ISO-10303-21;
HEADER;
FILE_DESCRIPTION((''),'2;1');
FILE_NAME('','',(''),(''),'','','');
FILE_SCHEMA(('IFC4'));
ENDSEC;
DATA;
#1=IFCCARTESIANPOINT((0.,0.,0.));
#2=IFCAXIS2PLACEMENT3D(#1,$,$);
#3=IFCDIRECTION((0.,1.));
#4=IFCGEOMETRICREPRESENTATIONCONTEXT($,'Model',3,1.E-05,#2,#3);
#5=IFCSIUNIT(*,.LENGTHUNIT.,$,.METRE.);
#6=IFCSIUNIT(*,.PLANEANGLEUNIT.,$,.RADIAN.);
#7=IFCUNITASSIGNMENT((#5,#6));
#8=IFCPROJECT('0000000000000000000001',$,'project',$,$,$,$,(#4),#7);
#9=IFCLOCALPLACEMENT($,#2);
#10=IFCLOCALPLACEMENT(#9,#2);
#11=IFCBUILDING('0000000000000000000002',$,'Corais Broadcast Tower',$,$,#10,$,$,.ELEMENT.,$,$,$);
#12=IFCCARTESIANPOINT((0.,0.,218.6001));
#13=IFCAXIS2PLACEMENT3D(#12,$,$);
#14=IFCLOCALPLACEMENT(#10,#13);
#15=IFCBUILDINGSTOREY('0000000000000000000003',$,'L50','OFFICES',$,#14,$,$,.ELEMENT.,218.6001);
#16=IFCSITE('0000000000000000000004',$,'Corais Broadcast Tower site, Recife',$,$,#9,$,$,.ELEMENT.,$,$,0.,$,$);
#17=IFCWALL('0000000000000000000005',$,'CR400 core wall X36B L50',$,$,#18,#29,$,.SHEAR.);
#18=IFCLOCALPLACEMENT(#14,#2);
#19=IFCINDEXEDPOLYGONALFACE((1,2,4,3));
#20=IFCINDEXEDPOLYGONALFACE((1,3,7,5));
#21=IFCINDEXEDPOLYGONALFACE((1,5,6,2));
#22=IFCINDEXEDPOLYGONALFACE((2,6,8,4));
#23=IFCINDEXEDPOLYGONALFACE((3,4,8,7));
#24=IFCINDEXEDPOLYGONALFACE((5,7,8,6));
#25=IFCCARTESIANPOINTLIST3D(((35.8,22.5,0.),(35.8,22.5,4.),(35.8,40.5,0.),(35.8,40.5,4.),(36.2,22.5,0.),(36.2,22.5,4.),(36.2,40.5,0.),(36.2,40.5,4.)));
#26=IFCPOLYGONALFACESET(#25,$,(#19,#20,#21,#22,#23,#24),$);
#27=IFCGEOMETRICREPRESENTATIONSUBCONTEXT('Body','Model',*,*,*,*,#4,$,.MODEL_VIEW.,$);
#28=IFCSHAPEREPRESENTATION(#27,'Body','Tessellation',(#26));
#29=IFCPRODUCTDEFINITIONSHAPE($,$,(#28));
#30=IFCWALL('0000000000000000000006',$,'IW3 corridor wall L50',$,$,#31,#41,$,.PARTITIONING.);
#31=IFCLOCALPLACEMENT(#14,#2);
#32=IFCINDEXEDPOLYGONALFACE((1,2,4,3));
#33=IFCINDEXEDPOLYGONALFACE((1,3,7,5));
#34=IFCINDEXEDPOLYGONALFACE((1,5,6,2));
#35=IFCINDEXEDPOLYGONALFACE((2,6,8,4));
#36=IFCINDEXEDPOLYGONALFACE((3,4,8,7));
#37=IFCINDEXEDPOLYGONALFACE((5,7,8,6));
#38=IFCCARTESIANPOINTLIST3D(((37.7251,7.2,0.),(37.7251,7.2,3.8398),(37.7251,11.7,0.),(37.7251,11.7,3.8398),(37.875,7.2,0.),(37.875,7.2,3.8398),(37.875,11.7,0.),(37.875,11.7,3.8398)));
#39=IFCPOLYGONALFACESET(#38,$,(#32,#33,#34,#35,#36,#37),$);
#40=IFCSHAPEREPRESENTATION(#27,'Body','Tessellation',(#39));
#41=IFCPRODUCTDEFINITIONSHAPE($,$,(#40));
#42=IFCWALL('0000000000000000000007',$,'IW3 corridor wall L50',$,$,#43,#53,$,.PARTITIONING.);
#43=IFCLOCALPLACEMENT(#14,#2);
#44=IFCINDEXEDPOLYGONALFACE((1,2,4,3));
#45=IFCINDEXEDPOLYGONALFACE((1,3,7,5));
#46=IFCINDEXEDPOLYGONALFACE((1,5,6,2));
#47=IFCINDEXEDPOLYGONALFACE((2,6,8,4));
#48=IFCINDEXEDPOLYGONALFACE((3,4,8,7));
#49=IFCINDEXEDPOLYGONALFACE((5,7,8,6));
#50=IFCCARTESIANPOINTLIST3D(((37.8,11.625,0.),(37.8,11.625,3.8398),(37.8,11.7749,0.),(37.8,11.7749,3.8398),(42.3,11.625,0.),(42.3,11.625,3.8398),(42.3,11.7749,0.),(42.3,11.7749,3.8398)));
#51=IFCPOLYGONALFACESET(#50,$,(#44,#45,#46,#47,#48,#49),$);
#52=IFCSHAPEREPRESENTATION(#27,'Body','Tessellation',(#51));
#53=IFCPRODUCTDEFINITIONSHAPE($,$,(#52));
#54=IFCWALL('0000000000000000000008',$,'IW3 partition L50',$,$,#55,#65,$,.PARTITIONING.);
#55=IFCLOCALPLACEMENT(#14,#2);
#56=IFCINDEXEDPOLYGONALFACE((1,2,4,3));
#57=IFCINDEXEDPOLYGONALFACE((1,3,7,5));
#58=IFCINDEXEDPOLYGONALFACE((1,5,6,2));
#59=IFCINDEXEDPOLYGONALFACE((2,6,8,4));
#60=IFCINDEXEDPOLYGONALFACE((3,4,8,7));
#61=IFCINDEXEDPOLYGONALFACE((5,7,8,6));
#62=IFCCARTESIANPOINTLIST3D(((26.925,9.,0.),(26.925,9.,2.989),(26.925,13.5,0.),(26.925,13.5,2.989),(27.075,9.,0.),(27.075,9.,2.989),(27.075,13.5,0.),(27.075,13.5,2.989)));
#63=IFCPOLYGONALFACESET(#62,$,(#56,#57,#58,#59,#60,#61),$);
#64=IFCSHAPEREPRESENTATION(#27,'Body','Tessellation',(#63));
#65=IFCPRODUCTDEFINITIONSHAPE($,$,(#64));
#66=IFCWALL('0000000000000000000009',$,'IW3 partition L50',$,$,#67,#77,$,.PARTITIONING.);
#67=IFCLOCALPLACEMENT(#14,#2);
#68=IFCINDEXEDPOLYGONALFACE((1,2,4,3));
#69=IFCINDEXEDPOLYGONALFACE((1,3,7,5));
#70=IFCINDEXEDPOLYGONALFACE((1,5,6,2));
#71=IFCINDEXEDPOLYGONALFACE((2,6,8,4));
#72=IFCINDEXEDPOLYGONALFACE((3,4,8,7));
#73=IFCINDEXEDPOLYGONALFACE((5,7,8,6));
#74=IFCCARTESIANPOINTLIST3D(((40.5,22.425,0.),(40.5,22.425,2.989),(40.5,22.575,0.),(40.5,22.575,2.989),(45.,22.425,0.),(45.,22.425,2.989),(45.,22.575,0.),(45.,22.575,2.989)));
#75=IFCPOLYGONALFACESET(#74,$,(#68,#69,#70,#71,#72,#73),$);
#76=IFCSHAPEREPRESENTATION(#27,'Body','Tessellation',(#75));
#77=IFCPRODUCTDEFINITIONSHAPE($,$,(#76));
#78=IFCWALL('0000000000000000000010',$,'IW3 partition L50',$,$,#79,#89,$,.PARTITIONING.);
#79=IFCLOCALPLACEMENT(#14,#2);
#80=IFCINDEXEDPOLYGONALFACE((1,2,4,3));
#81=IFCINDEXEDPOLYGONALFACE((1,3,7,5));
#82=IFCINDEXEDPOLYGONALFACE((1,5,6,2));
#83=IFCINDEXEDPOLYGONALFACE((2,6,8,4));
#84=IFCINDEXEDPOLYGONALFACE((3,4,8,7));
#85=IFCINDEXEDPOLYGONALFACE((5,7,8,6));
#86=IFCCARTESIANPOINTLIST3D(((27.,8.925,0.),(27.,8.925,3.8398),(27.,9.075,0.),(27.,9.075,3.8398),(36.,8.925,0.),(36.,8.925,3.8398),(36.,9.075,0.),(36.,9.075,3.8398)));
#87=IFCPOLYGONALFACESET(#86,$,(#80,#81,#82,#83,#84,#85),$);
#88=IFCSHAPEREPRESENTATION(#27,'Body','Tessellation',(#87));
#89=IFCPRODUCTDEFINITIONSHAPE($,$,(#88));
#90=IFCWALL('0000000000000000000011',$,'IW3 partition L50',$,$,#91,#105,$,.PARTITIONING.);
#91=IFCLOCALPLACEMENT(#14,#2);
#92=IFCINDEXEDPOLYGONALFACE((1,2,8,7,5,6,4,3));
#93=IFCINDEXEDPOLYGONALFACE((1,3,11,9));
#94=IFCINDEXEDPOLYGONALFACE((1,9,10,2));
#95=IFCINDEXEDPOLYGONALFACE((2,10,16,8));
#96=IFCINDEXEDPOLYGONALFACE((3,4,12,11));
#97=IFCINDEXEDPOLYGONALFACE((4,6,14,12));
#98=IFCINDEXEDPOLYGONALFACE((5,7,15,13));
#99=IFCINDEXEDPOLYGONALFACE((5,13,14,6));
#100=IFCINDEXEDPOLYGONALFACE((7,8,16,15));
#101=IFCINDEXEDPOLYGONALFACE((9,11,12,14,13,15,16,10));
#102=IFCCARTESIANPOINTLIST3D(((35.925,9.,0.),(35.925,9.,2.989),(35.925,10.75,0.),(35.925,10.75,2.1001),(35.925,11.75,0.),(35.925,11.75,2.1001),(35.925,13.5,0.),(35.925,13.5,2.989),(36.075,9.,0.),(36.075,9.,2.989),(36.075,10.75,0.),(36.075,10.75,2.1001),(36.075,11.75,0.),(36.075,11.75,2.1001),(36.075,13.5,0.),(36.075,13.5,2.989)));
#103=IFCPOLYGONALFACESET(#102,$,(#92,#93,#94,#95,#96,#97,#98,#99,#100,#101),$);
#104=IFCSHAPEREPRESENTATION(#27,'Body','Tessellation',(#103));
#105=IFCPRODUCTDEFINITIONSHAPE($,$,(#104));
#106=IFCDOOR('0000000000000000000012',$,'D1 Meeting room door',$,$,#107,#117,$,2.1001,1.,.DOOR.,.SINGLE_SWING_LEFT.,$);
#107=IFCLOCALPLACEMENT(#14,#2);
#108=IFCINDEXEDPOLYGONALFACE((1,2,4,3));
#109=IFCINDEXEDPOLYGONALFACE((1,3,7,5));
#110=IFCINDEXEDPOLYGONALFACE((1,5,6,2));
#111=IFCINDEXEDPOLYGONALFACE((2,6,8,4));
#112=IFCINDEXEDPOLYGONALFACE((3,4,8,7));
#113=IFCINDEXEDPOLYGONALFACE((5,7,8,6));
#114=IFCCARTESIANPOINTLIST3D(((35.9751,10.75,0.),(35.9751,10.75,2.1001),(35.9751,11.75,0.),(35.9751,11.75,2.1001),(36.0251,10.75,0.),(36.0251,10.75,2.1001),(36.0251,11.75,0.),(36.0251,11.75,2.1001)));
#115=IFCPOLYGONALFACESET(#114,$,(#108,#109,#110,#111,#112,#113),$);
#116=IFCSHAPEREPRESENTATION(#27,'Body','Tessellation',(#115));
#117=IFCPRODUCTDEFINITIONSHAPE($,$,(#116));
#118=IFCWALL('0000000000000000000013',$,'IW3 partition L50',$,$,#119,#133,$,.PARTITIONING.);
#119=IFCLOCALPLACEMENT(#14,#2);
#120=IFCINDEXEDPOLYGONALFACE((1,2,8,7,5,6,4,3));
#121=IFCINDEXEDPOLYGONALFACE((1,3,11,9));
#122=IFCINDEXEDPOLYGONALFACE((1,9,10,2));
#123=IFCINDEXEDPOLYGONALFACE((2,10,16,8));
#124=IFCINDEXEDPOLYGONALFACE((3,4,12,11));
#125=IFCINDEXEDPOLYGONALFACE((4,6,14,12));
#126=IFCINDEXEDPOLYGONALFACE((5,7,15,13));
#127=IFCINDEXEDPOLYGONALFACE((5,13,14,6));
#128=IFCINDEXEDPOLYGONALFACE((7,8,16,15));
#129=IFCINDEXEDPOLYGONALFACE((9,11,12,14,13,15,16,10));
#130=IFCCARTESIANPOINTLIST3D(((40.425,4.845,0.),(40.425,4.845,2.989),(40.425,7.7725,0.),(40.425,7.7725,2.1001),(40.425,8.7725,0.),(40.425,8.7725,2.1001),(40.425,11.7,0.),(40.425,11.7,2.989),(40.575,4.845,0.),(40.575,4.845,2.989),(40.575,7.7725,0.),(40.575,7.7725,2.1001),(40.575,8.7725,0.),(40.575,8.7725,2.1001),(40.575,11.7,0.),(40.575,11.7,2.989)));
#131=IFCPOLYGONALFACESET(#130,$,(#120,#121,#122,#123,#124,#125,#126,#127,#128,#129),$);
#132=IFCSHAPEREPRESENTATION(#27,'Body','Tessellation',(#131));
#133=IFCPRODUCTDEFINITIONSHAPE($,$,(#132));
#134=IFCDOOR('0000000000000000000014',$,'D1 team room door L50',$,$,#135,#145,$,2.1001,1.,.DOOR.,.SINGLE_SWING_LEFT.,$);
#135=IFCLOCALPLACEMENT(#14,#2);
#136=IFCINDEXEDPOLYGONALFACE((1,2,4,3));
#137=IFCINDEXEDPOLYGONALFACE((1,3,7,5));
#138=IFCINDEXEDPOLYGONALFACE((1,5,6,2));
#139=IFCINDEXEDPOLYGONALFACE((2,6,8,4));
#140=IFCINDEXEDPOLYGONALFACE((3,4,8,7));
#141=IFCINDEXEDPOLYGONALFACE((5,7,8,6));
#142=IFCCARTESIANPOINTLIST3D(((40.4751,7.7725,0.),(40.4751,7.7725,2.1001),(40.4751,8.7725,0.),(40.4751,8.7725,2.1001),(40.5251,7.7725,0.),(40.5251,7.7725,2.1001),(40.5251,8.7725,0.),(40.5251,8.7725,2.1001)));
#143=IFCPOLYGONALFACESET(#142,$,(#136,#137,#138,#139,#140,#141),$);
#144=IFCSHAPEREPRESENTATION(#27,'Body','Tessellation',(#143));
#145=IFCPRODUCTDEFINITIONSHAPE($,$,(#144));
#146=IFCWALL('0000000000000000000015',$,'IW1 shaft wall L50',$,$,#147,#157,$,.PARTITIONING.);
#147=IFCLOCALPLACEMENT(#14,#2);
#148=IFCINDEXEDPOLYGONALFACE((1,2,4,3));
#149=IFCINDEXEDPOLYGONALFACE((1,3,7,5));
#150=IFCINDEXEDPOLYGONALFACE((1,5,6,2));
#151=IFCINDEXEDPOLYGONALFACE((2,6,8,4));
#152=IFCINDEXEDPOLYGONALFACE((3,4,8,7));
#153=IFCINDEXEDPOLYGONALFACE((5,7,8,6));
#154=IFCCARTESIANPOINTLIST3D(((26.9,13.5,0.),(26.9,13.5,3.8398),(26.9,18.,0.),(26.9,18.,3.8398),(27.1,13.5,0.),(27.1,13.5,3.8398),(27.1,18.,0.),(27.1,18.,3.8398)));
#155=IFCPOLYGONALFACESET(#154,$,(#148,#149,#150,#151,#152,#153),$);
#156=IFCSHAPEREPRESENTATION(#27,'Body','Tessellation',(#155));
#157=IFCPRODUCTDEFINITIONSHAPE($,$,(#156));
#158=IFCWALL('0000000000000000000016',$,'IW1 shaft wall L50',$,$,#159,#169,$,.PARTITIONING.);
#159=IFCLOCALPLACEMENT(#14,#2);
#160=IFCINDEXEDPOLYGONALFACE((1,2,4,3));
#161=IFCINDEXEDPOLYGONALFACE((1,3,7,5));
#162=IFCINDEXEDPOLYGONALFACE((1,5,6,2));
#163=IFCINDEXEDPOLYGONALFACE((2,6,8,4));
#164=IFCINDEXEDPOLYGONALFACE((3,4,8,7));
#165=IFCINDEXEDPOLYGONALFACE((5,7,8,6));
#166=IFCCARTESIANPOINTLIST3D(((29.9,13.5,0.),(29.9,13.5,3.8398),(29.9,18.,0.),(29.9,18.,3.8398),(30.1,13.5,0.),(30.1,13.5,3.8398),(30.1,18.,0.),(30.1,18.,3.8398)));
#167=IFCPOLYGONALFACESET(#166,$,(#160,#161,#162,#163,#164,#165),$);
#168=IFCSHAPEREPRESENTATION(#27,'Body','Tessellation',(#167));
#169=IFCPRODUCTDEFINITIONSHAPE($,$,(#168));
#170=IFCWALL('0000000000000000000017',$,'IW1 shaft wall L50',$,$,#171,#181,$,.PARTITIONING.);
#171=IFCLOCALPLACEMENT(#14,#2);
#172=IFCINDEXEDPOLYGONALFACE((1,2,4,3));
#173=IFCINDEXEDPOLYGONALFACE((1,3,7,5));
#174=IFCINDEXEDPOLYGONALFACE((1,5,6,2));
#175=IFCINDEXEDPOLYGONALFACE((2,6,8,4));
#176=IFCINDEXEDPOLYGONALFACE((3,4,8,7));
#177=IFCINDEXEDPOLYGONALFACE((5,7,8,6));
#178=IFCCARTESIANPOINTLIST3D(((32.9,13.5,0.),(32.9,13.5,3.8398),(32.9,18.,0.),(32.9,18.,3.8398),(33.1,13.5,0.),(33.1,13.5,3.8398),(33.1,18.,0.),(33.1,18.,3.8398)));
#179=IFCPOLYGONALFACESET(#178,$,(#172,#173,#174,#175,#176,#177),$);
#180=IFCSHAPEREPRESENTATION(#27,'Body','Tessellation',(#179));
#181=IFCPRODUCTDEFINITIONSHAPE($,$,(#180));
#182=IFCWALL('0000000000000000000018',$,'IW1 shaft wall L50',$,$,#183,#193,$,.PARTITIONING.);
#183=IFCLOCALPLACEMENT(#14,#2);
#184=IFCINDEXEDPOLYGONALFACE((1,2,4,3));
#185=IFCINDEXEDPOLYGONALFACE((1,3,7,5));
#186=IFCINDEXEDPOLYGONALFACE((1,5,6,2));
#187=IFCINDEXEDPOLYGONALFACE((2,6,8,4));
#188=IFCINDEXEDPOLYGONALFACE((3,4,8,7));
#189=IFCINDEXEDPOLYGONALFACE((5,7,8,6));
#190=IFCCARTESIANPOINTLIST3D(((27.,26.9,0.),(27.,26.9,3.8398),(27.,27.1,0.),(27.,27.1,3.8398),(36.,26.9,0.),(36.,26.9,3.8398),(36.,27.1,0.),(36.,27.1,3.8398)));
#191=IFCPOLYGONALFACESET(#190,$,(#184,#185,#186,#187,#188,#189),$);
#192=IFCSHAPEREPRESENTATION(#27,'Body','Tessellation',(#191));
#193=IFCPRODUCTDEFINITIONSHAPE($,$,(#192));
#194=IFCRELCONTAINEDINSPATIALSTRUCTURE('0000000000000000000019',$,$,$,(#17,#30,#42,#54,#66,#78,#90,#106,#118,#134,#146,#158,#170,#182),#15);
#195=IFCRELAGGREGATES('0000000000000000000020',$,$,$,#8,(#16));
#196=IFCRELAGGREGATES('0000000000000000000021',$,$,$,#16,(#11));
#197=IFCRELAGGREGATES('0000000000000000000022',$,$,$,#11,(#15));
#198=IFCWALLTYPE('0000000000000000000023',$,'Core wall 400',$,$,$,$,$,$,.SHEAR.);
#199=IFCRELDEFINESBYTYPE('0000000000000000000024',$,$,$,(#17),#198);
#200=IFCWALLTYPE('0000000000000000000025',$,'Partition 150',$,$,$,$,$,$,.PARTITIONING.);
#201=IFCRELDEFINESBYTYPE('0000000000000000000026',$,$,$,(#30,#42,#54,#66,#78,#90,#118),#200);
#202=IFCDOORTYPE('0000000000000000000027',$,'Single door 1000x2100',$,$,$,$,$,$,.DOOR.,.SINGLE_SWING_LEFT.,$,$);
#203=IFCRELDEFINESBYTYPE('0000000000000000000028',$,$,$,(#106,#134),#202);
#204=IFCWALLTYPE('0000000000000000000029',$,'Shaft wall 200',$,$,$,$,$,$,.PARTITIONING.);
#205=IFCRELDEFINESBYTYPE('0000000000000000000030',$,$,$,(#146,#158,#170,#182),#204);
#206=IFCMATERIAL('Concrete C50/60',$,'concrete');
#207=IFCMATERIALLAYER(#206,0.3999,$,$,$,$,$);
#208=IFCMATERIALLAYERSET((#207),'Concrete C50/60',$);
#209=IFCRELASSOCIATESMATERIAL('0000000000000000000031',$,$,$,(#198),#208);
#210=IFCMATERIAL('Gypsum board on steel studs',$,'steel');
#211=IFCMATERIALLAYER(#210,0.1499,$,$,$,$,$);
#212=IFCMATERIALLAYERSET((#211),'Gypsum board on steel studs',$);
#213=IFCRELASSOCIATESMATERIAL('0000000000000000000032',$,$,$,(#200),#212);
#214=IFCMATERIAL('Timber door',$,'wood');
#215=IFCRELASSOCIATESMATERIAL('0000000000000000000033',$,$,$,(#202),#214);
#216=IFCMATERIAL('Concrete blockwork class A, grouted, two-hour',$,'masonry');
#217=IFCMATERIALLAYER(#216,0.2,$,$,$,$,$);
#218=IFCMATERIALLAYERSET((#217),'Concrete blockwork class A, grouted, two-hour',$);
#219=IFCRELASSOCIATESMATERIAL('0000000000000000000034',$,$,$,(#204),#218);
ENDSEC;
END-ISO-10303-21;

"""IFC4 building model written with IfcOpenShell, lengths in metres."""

from ifc_helpers import new_model, si_unit, direction, frame, frame_2d, origin, place, context, subcontext, project, spatial, rectangle, extrude, material, layer, layer_set, type_object, element, fill, save


model = new_model("IFC4")

# Units and contexts
model_context = context("Model", 3, precision=1e-05, world=origin(), true_north=direction((0.0, 1.0)))
body_context = subcontext(model_context, "Body", "Model", "MODEL_VIEW")
ifc_project = project(units=[si_unit("LENGTHUNIT", "METRE"), si_unit("PLANEANGLEUNIT", "RADIAN")], contexts=[model_context])

# Site, building, storey
site_placement = place(None, origin())
site = spatial("IfcSite", under=ifc_project, at=site_placement, Name="Corais Broadcast Tower site, Recife", CompositionType="ELEMENT", RefElevation=0.0)
building_placement = place(site_placement, origin())
building = spatial("IfcBuilding", under=site, at=building_placement, Name="Corais Broadcast Tower", CompositionType="ELEMENT")
storey_placement = place(building_placement, frame((0.0, 0.0, 218.6001)))
storey = spatial("IfcBuildingStorey", under=building, at=storey_placement, Name="L50", Description="OFFICES", CompositionType="ELEMENT", Elevation=218.6001)

# Shared definitions
ifc_material_1 = material(Name="Concrete C50/60", Category="concrete")
ifc_layer_1 = layer(ifc_material_1, 0.3999)
ifc_layer_set_1 = layer_set([ifc_layer_1], Name="Concrete C50/60")
wall_type_1 = type_object("IfcWallType", Name="Core wall 400", PredefinedType="SHEAR", material=ifc_layer_set_1)

# Walls
wall_1_placement = place(storey_placement, frame((36.0, 22.5, 0.0), z_axis=(0.0, 0.0, 1.0), x_axis=(0.0, 1.0, 0.0)))
element("IfcWall", 1, at=wall_1_placement, inside=storey, type_object=wall_type_1, Name="CR400 core wall X36B L50", PredefinedType="SHEAR", context=body_context, shape_type="SweptSolid", body=[
    extrude(rectangle(XDim=18.0, YDim=0.3999, at=frame_2d((9.0, 0.0))), origin(), (0.0, 0.0, 1.0), 4.0),
])
ifc_material_2 = material(Name="Gypsum board on steel studs", Category="steel")
ifc_layer_2 = layer(ifc_material_2, 0.1499)
ifc_layer_set_2 = layer_set([ifc_layer_2], Name="Gypsum board on steel studs")
wall_type_2 = type_object("IfcWallType", Name="Partition 150", PredefinedType="PARTITIONING", material=ifc_layer_set_2)
for number, where, z_axis, x_axis, name in (
    (2, (37.8, 7.2, 0.0), (0.0, 0.0, 1.0), (0.0, 1.0, 0.0), "IW3 corridor wall L50"),
    (3, (37.8, 11.7, 0.0), (0.0, 0.0, 1.0), (1.0, 0.0, 0.0), "IW3 corridor wall L50"),
):
    element("IfcWall", number, at=place(storey_placement, frame(where, z_axis=z_axis, x_axis=x_axis)), inside=storey, type_object=wall_type_2, Name=name, PredefinedType="PARTITIONING", context=body_context, shape_type="SweptSolid", body=[
        extrude(rectangle(XDim=4.5, YDim=0.1499, at=frame_2d((2.25, 0.0))), origin(), (0.0, 0.0, 1.0), 3.8398),
    ])
for number, where, z_axis, x_axis, name in (
    (4, (27.0, 9.0, 0.0), (0.0, 0.0, 1.0), (0.0, 1.0, 0.0), "IW3 partition L50"),
    (5, (40.5, 22.5, 0.0), (0.0, 0.0, 1.0), (1.0, 0.0, 0.0), "IW3 partition L50"),
):
    element("IfcWall", number, at=place(storey_placement, frame(where, z_axis=z_axis, x_axis=x_axis)), inside=storey, type_object=wall_type_2, Name=name, PredefinedType="PARTITIONING", context=body_context, shape_type="SweptSolid", body=[
        extrude(rectangle(XDim=4.5, YDim=0.1499, at=frame_2d((2.25, 0.0))), origin(), (0.0, 0.0, 1.0), 2.989),
    ])
wall_2_placement = place(storey_placement, frame((27.0, 9.0, 0.0), z_axis=(0.0, 0.0, 1.0), x_axis=(1.0, 0.0, 0.0)))
element("IfcWall", 6, at=wall_2_placement, inside=storey, type_object=wall_type_2, Name="IW3 partition L50", PredefinedType="PARTITIONING", context=body_context, shape_type="SweptSolid", body=[
    extrude(rectangle(XDim=9.0, YDim=0.1499, at=frame_2d((4.5, 0.0))), origin(), (0.0, 0.0, 1.0), 3.8398),
])

# Walls, openings, doors
wall_3_placement = place(storey_placement, frame((36.0, 9.0, 0.0), z_axis=(0.0, 0.0, 1.0), x_axis=(0.0, 1.0, 0.0)))
wall_3 = element("IfcWall", 7, at=wall_3_placement, inside=storey, type_object=wall_type_2, Name="IW3 partition L50", PredefinedType="PARTITIONING", context=body_context, shape_type="SweptSolid", body=[
    extrude(rectangle(XDim=4.5, YDim=0.1499, at=frame_2d((2.25, 0.0))), origin(), (0.0, 0.0, 1.0), 2.989),
])
opening_1_placement = place(wall_3_placement, frame((1.75, 0.0, 0.0)))
opening_1 = element("IfcOpeningElement", 8, at=opening_1_placement, cuts=wall_3, PredefinedType="OPENING", context=body_context, shape_type="SweptSolid", body=[
    extrude(rectangle(XDim=1.0, YDim=2.1001, at=frame_2d((0.5, 1.05))), frame((0.0, 0.085, 0.0), z_axis=(0.0, -1.0, 0.0), x_axis=(1.0, 0.0, 0.0)), (0.0, 0.0, 1.0), 0.1699),
])
ifc_material_3 = material(Name="Timber door", Category="wood")
door_type_1 = type_object("IfcDoorType", Name="Single door 1000x2100", OperationType="SINGLE_SWING_LEFT", PredefinedType="DOOR", material=ifc_material_3)
door_1_placement = place(opening_1_placement, origin())
door_1 = element("IfcDoor", 9, at=door_1_placement, inside=storey, type_object=door_type_1, Name="D1 Meeting room door", OperationType="SINGLE_SWING_LEFT", OverallHeight=2.1001, OverallWidth=1.0, PredefinedType="DOOR", context=body_context, shape_type="SweptSolid", body=[
    extrude(rectangle(XDim=1.0, YDim=2.1001, at=frame_2d((0.5, 1.05))), frame((0.0, 0.0249, 0.0), z_axis=(0.0, -1.0, 0.0), x_axis=(1.0, 0.0, 0.0)), (0.0, 0.0, 1.0), 0.05),
])
fill(opening_1, door_1)
wall_4_placement = place(storey_placement, frame((40.5, 4.845, 0.0), z_axis=(0.0, 0.0, 1.0), x_axis=(0.0, 1.0, 0.0)))
wall_4 = element("IfcWall", 10, at=wall_4_placement, inside=storey, type_object=wall_type_2, Name="IW3 partition L50", PredefinedType="PARTITIONING", context=body_context, shape_type="SweptSolid", body=[
    extrude(rectangle(XDim=6.855, YDim=0.1499, at=frame_2d((3.4275, 0.0))), origin(), (0.0, 0.0, 1.0), 2.989),
])
opening_2_placement = place(wall_4_placement, frame((2.9275, 0.0, 0.0)))
opening_2 = element("IfcOpeningElement", 11, at=opening_2_placement, cuts=wall_4, PredefinedType="OPENING", context=body_context, shape_type="SweptSolid", body=[
    extrude(rectangle(XDim=1.0, YDim=2.1001, at=frame_2d((0.5, 1.05))), frame((0.0, 0.085, 0.0), z_axis=(0.0, -1.0, 0.0), x_axis=(1.0, 0.0, 0.0)), (0.0, 0.0, 1.0), 0.1699),
])
door_2_placement = place(opening_2_placement, origin())
door_2 = element("IfcDoor", 12, at=door_2_placement, inside=storey, type_object=door_type_1, Name="D1 team room door L50", OperationType="SINGLE_SWING_LEFT", OverallHeight=2.1001, OverallWidth=1.0, PredefinedType="DOOR", context=body_context, shape_type="SweptSolid", body=[
    extrude(rectangle(XDim=1.0, YDim=2.1001, at=frame_2d((0.5, 1.05))), frame((0.0, 0.0249, 0.0), z_axis=(0.0, -1.0, 0.0), x_axis=(1.0, 0.0, 0.0)), (0.0, 0.0, 1.0), 0.05),
])
fill(opening_2, door_2)

# Walls
ifc_material_4 = material(Name="Concrete blockwork class A, grouted, two-hour", Category="masonry")
ifc_layer_3 = layer(ifc_material_4, 0.2)
ifc_layer_set_3 = layer_set([ifc_layer_3], Name="Concrete blockwork class A, grouted, two-hour")
wall_type_3 = type_object("IfcWallType", Name="Shaft wall 200", PredefinedType="PARTITIONING", material=ifc_layer_set_3)
for number, where, z_axis, x_axis, name in (
    (13, (27.0, 13.5, 0.0), (0.0, 0.0, 1.0), (0.0, 1.0, 0.0), "IW1 shaft wall L50"),
    (14, (30.0, 13.5, 0.0), (0.0, 0.0, 1.0), (0.0, 1.0, 0.0), "IW1 shaft wall L50"),
    (15, (33.0, 13.5, 0.0), (0.0, 0.0, 1.0), (0.0, 1.0, 0.0), "IW1 shaft wall L50"),
):
    element("IfcWall", number, at=place(storey_placement, frame(where, z_axis=z_axis, x_axis=x_axis)), inside=storey, type_object=wall_type_3, Name=name, PredefinedType="PARTITIONING", context=body_context, shape_type="SweptSolid", body=[
        extrude(rectangle(XDim=4.5, YDim=0.2, at=frame_2d((2.25, 0.0))), origin(), (0.0, 0.0, 1.0), 3.8398),
    ])
wall_5_placement = place(storey_placement, frame((27.0, 27.0, 0.0), z_axis=(0.0, 0.0, 1.0), x_axis=(1.0, 0.0, 0.0)))
element("IfcWall", 16, at=wall_5_placement, inside=storey, type_object=wall_type_3, Name="IW1 shaft wall L50", PredefinedType="PARTITIONING", context=body_context, shape_type="SweptSolid", body=[
    extrude(rectangle(XDim=9.0, YDim=0.2, at=frame_2d((4.5, 0.0))), origin(), (0.0, 0.0, 1.0), 3.8398),
])

save(model, "model.ifc")
